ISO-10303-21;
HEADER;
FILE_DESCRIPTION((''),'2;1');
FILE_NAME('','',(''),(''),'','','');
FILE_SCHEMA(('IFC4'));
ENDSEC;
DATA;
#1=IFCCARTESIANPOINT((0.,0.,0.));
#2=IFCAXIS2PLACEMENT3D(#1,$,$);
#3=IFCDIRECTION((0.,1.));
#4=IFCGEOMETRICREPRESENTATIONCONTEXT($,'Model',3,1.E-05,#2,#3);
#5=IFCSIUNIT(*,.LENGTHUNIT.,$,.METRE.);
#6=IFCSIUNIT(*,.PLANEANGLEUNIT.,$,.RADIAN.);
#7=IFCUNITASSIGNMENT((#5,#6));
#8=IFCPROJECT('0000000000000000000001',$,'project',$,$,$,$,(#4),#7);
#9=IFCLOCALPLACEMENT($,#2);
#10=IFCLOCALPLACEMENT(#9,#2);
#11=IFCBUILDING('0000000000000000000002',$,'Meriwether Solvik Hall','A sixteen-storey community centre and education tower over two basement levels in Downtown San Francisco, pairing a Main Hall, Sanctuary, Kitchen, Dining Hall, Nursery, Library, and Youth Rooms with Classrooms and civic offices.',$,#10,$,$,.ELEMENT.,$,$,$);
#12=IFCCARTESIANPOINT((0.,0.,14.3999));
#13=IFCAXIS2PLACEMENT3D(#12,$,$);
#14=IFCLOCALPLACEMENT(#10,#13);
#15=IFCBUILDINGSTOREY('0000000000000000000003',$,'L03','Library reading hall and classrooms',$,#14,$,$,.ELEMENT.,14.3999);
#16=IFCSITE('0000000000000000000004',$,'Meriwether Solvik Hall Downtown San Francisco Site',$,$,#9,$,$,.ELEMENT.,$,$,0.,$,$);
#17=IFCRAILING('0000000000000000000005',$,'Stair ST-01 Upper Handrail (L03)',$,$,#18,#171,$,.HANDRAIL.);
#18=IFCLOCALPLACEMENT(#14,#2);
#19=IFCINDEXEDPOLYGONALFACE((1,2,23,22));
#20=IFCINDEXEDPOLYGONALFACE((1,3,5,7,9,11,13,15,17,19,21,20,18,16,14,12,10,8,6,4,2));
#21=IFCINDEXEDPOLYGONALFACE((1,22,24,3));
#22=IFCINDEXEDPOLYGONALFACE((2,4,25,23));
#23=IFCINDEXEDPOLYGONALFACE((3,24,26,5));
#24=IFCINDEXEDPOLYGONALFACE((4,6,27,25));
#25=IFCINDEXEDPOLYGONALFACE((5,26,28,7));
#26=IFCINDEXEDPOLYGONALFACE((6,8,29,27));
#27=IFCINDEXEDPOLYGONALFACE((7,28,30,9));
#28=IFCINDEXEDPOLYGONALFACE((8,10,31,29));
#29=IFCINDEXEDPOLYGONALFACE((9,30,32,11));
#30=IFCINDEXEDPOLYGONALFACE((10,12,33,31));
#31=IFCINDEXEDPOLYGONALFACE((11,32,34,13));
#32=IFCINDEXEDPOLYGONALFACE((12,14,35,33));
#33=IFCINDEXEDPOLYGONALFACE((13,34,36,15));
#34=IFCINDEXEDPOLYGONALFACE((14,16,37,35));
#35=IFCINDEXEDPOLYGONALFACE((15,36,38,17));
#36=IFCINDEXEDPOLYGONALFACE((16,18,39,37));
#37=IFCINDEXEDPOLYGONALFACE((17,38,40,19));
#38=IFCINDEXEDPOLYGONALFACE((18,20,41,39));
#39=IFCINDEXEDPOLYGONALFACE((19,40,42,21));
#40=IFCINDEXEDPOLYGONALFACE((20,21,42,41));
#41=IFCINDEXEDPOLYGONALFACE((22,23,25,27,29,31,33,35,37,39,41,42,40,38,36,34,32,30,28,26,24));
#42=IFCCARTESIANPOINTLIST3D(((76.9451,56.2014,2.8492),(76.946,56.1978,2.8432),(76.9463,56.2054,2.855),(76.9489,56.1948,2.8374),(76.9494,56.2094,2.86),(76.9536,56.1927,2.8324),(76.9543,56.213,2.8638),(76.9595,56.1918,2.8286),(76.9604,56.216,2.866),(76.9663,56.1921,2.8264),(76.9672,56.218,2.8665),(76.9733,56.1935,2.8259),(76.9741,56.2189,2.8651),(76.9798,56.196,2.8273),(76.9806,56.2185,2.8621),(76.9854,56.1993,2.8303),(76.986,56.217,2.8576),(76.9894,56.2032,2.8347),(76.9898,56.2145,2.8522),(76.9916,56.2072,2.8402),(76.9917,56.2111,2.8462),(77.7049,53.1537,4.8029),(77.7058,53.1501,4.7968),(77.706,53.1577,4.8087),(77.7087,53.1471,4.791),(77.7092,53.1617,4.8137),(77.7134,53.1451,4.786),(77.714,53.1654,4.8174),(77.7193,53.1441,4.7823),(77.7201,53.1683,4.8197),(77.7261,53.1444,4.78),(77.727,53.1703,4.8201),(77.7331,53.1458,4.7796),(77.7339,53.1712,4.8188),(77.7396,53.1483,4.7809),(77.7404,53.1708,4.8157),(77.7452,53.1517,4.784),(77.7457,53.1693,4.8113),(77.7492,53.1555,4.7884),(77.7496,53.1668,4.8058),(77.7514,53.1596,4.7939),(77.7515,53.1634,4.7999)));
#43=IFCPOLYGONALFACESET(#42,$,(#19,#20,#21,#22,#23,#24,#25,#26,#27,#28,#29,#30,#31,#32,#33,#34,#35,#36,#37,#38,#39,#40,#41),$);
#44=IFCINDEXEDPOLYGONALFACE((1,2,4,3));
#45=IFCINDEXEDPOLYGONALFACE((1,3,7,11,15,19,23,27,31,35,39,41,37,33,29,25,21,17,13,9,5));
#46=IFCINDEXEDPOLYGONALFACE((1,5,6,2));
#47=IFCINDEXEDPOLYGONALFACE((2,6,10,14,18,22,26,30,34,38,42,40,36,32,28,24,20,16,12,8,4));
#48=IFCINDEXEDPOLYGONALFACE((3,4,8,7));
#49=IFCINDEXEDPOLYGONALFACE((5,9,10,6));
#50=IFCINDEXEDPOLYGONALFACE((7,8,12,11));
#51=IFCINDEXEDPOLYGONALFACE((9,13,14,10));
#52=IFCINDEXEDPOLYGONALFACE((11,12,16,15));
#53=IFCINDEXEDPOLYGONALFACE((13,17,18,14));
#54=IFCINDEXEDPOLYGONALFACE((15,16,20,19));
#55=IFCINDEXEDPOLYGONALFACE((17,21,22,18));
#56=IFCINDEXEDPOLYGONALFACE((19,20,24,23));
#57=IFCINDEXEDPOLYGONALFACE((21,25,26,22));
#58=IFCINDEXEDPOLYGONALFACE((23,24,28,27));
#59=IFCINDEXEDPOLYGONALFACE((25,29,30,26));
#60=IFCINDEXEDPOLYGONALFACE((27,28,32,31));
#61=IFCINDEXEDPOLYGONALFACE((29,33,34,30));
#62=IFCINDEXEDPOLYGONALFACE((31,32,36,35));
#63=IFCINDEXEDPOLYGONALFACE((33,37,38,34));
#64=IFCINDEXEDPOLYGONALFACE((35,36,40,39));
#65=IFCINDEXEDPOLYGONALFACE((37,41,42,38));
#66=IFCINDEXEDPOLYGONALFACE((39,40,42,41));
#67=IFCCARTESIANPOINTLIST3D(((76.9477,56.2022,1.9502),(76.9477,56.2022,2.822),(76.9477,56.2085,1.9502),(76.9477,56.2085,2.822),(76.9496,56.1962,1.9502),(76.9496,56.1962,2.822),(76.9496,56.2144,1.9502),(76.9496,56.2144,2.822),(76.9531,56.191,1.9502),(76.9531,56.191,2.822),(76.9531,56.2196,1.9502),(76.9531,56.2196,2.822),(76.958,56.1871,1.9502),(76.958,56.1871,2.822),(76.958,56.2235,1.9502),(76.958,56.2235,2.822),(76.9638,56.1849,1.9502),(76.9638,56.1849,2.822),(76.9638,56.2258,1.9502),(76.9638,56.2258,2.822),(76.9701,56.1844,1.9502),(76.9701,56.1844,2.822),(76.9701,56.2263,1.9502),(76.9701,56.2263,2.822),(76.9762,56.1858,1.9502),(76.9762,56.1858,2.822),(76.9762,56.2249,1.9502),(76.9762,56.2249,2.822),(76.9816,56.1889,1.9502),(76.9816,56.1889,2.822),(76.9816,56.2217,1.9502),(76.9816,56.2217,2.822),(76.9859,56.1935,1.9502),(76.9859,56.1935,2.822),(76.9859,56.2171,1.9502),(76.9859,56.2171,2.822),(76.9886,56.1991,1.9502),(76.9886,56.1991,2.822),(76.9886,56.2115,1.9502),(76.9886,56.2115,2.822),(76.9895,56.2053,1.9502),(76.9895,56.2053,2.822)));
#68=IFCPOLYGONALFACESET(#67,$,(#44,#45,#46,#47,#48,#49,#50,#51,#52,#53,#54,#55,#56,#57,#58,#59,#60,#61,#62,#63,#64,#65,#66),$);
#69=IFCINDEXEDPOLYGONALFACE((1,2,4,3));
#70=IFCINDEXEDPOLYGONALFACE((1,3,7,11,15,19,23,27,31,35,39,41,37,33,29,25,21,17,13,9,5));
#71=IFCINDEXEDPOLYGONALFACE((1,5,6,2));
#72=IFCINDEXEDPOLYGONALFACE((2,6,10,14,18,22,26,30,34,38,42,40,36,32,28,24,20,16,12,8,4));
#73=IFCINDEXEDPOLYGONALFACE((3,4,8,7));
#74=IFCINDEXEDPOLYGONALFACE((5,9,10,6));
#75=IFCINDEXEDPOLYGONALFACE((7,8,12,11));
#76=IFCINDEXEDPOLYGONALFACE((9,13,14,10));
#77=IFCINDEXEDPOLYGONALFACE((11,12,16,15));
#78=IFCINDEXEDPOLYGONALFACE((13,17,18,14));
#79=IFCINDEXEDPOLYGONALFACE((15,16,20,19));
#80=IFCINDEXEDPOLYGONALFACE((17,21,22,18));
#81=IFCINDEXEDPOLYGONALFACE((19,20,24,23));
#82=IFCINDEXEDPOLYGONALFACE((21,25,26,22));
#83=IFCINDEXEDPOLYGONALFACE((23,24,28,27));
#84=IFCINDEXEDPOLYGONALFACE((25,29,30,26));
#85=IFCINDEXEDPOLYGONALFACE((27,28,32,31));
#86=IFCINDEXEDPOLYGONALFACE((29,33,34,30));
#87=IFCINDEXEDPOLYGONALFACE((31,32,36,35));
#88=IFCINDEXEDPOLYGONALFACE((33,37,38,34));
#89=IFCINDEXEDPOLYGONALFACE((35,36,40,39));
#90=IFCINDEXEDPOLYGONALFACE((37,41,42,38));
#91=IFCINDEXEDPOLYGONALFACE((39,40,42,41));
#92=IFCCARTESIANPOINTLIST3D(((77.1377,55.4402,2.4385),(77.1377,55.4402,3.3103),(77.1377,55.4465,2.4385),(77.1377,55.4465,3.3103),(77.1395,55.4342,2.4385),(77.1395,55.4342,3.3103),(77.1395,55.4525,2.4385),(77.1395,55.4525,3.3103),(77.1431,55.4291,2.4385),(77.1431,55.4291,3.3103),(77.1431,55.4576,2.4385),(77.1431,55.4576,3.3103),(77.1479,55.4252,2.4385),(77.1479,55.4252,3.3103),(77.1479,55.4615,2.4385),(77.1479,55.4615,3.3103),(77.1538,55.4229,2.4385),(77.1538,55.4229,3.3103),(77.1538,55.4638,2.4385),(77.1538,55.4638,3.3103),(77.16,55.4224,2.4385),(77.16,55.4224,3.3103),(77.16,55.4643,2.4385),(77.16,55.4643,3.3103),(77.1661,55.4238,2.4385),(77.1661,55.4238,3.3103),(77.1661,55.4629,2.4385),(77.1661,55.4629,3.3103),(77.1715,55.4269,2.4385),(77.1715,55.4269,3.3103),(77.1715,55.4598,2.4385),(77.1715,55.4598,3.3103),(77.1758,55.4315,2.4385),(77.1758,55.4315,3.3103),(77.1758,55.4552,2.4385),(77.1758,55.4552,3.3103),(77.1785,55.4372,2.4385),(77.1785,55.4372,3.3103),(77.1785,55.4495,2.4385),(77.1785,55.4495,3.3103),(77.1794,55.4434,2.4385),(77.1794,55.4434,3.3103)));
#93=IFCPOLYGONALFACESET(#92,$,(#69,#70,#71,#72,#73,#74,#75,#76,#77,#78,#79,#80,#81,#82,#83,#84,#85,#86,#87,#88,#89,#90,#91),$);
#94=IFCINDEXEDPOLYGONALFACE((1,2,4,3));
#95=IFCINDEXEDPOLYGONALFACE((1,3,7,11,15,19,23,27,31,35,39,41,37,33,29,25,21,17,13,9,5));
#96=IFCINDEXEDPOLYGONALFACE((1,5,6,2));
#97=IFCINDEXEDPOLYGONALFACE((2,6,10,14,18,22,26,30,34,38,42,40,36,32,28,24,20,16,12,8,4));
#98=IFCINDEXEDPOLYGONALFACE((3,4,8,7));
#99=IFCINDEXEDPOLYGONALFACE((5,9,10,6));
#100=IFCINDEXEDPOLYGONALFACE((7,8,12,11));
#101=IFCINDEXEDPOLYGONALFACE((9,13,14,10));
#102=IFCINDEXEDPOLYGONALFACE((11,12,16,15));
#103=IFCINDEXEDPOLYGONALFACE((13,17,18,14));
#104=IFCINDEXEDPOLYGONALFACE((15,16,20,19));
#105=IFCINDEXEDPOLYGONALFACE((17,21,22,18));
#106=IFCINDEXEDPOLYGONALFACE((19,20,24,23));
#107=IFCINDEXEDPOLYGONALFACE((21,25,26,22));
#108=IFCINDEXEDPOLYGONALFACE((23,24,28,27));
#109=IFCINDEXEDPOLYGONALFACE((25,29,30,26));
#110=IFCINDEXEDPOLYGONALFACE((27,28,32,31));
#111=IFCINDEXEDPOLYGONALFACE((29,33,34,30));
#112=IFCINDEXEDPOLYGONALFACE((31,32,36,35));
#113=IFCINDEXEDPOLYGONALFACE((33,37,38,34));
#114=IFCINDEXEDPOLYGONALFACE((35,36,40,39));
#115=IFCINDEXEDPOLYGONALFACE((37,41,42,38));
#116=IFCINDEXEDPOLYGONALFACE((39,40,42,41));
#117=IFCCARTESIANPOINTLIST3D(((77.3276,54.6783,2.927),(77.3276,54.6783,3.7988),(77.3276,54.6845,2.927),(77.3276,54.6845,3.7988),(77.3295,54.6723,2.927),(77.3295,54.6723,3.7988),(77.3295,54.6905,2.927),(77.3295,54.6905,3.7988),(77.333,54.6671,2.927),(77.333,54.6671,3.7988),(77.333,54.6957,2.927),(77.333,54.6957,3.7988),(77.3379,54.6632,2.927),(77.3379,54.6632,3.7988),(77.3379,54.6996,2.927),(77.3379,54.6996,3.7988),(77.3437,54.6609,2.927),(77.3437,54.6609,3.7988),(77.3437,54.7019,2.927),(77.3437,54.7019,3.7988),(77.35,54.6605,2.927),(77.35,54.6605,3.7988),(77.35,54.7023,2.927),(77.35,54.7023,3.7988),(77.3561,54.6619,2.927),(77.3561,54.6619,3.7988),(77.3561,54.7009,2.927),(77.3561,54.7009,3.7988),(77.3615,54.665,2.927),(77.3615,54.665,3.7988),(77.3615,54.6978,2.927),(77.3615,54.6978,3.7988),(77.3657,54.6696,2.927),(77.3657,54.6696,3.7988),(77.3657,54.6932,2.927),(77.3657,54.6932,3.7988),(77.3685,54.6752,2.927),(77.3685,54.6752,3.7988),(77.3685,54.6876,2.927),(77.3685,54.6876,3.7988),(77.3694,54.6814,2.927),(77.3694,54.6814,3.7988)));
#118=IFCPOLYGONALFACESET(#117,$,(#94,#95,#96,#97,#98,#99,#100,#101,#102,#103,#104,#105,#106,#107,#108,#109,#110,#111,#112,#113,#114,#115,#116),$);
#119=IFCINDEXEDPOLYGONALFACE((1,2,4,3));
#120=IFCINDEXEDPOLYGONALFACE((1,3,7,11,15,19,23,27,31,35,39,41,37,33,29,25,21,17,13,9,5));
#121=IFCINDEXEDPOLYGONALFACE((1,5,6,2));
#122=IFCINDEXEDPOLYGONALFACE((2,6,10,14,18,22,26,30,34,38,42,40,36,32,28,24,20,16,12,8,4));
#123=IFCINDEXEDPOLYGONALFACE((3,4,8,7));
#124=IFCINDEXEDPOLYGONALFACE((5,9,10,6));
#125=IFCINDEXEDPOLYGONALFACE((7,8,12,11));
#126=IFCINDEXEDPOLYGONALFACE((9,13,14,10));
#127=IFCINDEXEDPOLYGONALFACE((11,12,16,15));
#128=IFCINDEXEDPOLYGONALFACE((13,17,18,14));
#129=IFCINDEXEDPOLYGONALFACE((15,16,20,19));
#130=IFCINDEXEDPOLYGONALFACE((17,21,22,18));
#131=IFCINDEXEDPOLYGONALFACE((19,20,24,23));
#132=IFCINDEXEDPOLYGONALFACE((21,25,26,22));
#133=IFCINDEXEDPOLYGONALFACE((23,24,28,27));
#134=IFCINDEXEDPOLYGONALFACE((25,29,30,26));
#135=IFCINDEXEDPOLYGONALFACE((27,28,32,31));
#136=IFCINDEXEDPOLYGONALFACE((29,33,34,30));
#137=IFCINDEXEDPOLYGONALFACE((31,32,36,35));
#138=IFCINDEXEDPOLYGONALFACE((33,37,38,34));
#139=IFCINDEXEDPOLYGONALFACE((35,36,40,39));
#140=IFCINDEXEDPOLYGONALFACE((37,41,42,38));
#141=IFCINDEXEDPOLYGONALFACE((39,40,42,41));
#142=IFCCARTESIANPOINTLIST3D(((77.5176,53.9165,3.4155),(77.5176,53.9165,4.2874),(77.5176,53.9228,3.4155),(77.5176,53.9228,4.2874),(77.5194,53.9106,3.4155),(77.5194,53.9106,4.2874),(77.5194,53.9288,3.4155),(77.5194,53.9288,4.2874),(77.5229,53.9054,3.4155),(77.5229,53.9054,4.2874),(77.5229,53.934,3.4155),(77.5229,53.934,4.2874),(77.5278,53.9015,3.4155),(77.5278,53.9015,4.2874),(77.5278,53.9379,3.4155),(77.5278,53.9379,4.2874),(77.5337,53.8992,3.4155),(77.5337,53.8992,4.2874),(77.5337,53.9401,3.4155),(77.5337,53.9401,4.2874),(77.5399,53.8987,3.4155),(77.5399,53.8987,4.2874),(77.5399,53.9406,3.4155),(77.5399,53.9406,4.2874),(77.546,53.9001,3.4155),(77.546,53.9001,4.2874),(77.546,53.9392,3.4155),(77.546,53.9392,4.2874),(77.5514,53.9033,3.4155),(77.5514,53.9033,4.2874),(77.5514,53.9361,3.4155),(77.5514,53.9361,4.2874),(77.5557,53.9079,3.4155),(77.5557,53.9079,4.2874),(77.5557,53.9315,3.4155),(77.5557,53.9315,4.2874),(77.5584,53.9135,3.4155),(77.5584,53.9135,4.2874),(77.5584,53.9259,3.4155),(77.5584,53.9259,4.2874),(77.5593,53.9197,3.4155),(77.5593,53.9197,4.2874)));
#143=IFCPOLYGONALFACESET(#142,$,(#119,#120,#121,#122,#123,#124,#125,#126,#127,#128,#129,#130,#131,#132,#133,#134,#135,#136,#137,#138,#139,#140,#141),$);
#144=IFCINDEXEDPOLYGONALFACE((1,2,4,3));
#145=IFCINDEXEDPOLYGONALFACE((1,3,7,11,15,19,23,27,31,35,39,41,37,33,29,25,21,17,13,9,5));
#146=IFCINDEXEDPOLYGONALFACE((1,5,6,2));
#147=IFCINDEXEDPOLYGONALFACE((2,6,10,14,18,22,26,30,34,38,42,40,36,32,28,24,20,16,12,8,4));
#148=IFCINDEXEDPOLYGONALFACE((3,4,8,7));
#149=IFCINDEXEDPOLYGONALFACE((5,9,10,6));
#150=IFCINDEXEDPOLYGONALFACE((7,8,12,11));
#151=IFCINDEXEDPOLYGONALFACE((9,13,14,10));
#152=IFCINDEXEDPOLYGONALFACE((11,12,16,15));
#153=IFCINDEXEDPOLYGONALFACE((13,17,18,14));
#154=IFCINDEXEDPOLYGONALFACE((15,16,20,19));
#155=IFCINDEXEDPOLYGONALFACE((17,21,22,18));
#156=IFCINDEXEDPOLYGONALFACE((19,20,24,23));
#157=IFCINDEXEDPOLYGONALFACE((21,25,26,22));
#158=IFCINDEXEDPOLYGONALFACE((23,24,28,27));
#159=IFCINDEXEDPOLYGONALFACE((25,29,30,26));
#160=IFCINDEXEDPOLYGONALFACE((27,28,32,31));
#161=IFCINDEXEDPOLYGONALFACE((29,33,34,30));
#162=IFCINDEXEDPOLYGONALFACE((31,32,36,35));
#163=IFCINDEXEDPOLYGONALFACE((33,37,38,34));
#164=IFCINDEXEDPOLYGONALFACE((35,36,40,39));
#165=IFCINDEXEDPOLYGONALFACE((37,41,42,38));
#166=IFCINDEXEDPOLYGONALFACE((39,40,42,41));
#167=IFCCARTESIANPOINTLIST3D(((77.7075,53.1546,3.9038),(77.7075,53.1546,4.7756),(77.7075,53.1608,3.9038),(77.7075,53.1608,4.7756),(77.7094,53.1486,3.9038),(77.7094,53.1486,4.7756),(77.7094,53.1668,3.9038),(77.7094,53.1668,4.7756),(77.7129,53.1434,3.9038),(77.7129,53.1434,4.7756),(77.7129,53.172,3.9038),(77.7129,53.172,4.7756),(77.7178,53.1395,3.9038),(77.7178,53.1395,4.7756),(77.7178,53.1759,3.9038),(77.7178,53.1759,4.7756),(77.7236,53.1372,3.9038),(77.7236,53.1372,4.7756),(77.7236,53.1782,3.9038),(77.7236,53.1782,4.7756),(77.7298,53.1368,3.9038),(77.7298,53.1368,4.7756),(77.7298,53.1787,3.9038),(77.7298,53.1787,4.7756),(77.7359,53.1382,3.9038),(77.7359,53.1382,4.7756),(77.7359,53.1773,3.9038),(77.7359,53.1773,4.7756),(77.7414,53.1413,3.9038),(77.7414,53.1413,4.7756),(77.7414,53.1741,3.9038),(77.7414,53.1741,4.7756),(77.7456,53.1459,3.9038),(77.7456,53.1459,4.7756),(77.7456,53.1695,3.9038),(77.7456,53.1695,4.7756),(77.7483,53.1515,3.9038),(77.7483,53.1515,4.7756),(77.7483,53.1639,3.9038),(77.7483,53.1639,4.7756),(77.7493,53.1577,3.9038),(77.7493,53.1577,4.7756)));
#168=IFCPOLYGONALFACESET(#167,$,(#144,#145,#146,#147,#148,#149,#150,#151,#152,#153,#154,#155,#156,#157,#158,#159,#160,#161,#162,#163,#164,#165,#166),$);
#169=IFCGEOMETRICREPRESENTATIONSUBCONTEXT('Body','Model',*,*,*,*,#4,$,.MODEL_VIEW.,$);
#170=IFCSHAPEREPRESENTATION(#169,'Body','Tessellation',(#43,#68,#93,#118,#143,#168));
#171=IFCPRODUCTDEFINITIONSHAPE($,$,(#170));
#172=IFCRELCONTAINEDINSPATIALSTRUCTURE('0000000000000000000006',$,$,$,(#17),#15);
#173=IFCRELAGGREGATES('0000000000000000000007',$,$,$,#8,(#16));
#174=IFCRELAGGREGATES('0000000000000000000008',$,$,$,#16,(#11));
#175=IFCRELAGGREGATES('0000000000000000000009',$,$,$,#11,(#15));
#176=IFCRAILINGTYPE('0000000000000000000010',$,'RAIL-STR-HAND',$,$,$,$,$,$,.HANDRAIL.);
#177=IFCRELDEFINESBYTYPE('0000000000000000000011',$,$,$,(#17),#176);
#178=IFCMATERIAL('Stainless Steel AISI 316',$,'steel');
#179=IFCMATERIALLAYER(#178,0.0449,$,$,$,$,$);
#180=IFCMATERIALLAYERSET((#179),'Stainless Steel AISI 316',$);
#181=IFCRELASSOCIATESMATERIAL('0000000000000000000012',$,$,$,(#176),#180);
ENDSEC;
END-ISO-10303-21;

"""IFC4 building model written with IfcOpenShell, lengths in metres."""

from ifc_helpers import new_model, si_unit, direction, frame, origin, origin_2d, place, context, subcontext, project, spatial, circle, extrude, material, layer, layer_set, type_object, element, save


model = new_model("IFC4")

# Units and contexts
model_context = context("Model", 3, precision=1e-05, world=origin(), true_north=direction((0.0, 1.0)))
body_context = subcontext(model_context, "Body", "Model", "MODEL_VIEW")
ifc_project = project(units=[si_unit("LENGTHUNIT", "METRE"), si_unit("PLANEANGLEUNIT", "RADIAN")], contexts=[model_context])

# Site, building, storey
site_placement = place(None, origin())
site = spatial("IfcSite", under=ifc_project, at=site_placement, Name="Meriwether Solvik Hall Downtown San Francisco Site", CompositionType="ELEMENT", RefElevation=0.0)
building_placement = place(site_placement, origin())
building = spatial("IfcBuilding", under=site, at=building_placement, Name="Meriwether Solvik Hall", Description="A sixteen-storey community centre and education tower over two basement levels in Downtown San Francisco, pairing a Main Hall, Sanctuary, Kitchen, Dining Hall, Nursery, Library, and Youth Rooms with Classrooms and civic offices.", CompositionType="ELEMENT")
storey_placement = place(building_placement, frame((0.0, 0.0, 14.3999)))
storey = spatial("IfcBuildingStorey", under=building, at=storey_placement, Name="L03", Description="Library reading hall and classrooms", CompositionType="ELEMENT", Elevation=14.3999)

# Railing
ifc_material_1 = material(Name="Stainless Steel AISI 316", Category="steel")
ifc_layer_1 = layer(ifc_material_1, 0.0449)
ifc_layer_set_1 = layer_set([ifc_layer_1], Name="Stainless Steel AISI 316")
railing_type_1 = type_object("IfcRailingType", Name="RAIL-STR-HAND", PredefinedType="HANDRAIL", material=ifc_layer_set_1)
railing_1_placement = place(storey_placement, frame((76.9685, 56.2053, 1.9502)))
element("IfcRailing", 1, at=railing_1_placement, inside=storey, type_object=railing_type_1, Name="Stair ST-01 Upper Handrail (L03)", PredefinedType="HANDRAIL", context=body_context, shape_type="SweptSolid", body=[
    extrude(circle(Radius=0.0239, at=origin_2d()), frame((0.0, 0.0, 0.896), z_axis=(0.205404, -0.823926, 0.528163), x_axis=(0.970302, 0.241895, 0.0)), (0.0, 0.0, 1.0), 3.699),
    extrude(circle(Radius=0.021, at=origin_2d()), origin(), (0.0, 0.0, 1.0), 0.8718),
    extrude(circle(Radius=0.021, at=origin_2d()), frame((0.1899, -0.762, 0.4883)), (0.0, 0.0, 1.0), 0.8718),
    extrude(circle(Radius=0.021, at=origin_2d()), frame((0.3799, -1.5239, 0.9768)), (0.0, 0.0, 1.0), 0.8718),
    extrude(circle(Radius=0.021, at=origin_2d()), frame((0.5698, -2.2856, 1.4653)), (0.0, 0.0, 1.0), 0.8718),
    extrude(circle(Radius=0.021, at=origin_2d()), frame((0.7598, -3.0476, 1.9536)), (0.0, 0.0, 1.0), 0.8718),
])

save(model, "model.ifc")
